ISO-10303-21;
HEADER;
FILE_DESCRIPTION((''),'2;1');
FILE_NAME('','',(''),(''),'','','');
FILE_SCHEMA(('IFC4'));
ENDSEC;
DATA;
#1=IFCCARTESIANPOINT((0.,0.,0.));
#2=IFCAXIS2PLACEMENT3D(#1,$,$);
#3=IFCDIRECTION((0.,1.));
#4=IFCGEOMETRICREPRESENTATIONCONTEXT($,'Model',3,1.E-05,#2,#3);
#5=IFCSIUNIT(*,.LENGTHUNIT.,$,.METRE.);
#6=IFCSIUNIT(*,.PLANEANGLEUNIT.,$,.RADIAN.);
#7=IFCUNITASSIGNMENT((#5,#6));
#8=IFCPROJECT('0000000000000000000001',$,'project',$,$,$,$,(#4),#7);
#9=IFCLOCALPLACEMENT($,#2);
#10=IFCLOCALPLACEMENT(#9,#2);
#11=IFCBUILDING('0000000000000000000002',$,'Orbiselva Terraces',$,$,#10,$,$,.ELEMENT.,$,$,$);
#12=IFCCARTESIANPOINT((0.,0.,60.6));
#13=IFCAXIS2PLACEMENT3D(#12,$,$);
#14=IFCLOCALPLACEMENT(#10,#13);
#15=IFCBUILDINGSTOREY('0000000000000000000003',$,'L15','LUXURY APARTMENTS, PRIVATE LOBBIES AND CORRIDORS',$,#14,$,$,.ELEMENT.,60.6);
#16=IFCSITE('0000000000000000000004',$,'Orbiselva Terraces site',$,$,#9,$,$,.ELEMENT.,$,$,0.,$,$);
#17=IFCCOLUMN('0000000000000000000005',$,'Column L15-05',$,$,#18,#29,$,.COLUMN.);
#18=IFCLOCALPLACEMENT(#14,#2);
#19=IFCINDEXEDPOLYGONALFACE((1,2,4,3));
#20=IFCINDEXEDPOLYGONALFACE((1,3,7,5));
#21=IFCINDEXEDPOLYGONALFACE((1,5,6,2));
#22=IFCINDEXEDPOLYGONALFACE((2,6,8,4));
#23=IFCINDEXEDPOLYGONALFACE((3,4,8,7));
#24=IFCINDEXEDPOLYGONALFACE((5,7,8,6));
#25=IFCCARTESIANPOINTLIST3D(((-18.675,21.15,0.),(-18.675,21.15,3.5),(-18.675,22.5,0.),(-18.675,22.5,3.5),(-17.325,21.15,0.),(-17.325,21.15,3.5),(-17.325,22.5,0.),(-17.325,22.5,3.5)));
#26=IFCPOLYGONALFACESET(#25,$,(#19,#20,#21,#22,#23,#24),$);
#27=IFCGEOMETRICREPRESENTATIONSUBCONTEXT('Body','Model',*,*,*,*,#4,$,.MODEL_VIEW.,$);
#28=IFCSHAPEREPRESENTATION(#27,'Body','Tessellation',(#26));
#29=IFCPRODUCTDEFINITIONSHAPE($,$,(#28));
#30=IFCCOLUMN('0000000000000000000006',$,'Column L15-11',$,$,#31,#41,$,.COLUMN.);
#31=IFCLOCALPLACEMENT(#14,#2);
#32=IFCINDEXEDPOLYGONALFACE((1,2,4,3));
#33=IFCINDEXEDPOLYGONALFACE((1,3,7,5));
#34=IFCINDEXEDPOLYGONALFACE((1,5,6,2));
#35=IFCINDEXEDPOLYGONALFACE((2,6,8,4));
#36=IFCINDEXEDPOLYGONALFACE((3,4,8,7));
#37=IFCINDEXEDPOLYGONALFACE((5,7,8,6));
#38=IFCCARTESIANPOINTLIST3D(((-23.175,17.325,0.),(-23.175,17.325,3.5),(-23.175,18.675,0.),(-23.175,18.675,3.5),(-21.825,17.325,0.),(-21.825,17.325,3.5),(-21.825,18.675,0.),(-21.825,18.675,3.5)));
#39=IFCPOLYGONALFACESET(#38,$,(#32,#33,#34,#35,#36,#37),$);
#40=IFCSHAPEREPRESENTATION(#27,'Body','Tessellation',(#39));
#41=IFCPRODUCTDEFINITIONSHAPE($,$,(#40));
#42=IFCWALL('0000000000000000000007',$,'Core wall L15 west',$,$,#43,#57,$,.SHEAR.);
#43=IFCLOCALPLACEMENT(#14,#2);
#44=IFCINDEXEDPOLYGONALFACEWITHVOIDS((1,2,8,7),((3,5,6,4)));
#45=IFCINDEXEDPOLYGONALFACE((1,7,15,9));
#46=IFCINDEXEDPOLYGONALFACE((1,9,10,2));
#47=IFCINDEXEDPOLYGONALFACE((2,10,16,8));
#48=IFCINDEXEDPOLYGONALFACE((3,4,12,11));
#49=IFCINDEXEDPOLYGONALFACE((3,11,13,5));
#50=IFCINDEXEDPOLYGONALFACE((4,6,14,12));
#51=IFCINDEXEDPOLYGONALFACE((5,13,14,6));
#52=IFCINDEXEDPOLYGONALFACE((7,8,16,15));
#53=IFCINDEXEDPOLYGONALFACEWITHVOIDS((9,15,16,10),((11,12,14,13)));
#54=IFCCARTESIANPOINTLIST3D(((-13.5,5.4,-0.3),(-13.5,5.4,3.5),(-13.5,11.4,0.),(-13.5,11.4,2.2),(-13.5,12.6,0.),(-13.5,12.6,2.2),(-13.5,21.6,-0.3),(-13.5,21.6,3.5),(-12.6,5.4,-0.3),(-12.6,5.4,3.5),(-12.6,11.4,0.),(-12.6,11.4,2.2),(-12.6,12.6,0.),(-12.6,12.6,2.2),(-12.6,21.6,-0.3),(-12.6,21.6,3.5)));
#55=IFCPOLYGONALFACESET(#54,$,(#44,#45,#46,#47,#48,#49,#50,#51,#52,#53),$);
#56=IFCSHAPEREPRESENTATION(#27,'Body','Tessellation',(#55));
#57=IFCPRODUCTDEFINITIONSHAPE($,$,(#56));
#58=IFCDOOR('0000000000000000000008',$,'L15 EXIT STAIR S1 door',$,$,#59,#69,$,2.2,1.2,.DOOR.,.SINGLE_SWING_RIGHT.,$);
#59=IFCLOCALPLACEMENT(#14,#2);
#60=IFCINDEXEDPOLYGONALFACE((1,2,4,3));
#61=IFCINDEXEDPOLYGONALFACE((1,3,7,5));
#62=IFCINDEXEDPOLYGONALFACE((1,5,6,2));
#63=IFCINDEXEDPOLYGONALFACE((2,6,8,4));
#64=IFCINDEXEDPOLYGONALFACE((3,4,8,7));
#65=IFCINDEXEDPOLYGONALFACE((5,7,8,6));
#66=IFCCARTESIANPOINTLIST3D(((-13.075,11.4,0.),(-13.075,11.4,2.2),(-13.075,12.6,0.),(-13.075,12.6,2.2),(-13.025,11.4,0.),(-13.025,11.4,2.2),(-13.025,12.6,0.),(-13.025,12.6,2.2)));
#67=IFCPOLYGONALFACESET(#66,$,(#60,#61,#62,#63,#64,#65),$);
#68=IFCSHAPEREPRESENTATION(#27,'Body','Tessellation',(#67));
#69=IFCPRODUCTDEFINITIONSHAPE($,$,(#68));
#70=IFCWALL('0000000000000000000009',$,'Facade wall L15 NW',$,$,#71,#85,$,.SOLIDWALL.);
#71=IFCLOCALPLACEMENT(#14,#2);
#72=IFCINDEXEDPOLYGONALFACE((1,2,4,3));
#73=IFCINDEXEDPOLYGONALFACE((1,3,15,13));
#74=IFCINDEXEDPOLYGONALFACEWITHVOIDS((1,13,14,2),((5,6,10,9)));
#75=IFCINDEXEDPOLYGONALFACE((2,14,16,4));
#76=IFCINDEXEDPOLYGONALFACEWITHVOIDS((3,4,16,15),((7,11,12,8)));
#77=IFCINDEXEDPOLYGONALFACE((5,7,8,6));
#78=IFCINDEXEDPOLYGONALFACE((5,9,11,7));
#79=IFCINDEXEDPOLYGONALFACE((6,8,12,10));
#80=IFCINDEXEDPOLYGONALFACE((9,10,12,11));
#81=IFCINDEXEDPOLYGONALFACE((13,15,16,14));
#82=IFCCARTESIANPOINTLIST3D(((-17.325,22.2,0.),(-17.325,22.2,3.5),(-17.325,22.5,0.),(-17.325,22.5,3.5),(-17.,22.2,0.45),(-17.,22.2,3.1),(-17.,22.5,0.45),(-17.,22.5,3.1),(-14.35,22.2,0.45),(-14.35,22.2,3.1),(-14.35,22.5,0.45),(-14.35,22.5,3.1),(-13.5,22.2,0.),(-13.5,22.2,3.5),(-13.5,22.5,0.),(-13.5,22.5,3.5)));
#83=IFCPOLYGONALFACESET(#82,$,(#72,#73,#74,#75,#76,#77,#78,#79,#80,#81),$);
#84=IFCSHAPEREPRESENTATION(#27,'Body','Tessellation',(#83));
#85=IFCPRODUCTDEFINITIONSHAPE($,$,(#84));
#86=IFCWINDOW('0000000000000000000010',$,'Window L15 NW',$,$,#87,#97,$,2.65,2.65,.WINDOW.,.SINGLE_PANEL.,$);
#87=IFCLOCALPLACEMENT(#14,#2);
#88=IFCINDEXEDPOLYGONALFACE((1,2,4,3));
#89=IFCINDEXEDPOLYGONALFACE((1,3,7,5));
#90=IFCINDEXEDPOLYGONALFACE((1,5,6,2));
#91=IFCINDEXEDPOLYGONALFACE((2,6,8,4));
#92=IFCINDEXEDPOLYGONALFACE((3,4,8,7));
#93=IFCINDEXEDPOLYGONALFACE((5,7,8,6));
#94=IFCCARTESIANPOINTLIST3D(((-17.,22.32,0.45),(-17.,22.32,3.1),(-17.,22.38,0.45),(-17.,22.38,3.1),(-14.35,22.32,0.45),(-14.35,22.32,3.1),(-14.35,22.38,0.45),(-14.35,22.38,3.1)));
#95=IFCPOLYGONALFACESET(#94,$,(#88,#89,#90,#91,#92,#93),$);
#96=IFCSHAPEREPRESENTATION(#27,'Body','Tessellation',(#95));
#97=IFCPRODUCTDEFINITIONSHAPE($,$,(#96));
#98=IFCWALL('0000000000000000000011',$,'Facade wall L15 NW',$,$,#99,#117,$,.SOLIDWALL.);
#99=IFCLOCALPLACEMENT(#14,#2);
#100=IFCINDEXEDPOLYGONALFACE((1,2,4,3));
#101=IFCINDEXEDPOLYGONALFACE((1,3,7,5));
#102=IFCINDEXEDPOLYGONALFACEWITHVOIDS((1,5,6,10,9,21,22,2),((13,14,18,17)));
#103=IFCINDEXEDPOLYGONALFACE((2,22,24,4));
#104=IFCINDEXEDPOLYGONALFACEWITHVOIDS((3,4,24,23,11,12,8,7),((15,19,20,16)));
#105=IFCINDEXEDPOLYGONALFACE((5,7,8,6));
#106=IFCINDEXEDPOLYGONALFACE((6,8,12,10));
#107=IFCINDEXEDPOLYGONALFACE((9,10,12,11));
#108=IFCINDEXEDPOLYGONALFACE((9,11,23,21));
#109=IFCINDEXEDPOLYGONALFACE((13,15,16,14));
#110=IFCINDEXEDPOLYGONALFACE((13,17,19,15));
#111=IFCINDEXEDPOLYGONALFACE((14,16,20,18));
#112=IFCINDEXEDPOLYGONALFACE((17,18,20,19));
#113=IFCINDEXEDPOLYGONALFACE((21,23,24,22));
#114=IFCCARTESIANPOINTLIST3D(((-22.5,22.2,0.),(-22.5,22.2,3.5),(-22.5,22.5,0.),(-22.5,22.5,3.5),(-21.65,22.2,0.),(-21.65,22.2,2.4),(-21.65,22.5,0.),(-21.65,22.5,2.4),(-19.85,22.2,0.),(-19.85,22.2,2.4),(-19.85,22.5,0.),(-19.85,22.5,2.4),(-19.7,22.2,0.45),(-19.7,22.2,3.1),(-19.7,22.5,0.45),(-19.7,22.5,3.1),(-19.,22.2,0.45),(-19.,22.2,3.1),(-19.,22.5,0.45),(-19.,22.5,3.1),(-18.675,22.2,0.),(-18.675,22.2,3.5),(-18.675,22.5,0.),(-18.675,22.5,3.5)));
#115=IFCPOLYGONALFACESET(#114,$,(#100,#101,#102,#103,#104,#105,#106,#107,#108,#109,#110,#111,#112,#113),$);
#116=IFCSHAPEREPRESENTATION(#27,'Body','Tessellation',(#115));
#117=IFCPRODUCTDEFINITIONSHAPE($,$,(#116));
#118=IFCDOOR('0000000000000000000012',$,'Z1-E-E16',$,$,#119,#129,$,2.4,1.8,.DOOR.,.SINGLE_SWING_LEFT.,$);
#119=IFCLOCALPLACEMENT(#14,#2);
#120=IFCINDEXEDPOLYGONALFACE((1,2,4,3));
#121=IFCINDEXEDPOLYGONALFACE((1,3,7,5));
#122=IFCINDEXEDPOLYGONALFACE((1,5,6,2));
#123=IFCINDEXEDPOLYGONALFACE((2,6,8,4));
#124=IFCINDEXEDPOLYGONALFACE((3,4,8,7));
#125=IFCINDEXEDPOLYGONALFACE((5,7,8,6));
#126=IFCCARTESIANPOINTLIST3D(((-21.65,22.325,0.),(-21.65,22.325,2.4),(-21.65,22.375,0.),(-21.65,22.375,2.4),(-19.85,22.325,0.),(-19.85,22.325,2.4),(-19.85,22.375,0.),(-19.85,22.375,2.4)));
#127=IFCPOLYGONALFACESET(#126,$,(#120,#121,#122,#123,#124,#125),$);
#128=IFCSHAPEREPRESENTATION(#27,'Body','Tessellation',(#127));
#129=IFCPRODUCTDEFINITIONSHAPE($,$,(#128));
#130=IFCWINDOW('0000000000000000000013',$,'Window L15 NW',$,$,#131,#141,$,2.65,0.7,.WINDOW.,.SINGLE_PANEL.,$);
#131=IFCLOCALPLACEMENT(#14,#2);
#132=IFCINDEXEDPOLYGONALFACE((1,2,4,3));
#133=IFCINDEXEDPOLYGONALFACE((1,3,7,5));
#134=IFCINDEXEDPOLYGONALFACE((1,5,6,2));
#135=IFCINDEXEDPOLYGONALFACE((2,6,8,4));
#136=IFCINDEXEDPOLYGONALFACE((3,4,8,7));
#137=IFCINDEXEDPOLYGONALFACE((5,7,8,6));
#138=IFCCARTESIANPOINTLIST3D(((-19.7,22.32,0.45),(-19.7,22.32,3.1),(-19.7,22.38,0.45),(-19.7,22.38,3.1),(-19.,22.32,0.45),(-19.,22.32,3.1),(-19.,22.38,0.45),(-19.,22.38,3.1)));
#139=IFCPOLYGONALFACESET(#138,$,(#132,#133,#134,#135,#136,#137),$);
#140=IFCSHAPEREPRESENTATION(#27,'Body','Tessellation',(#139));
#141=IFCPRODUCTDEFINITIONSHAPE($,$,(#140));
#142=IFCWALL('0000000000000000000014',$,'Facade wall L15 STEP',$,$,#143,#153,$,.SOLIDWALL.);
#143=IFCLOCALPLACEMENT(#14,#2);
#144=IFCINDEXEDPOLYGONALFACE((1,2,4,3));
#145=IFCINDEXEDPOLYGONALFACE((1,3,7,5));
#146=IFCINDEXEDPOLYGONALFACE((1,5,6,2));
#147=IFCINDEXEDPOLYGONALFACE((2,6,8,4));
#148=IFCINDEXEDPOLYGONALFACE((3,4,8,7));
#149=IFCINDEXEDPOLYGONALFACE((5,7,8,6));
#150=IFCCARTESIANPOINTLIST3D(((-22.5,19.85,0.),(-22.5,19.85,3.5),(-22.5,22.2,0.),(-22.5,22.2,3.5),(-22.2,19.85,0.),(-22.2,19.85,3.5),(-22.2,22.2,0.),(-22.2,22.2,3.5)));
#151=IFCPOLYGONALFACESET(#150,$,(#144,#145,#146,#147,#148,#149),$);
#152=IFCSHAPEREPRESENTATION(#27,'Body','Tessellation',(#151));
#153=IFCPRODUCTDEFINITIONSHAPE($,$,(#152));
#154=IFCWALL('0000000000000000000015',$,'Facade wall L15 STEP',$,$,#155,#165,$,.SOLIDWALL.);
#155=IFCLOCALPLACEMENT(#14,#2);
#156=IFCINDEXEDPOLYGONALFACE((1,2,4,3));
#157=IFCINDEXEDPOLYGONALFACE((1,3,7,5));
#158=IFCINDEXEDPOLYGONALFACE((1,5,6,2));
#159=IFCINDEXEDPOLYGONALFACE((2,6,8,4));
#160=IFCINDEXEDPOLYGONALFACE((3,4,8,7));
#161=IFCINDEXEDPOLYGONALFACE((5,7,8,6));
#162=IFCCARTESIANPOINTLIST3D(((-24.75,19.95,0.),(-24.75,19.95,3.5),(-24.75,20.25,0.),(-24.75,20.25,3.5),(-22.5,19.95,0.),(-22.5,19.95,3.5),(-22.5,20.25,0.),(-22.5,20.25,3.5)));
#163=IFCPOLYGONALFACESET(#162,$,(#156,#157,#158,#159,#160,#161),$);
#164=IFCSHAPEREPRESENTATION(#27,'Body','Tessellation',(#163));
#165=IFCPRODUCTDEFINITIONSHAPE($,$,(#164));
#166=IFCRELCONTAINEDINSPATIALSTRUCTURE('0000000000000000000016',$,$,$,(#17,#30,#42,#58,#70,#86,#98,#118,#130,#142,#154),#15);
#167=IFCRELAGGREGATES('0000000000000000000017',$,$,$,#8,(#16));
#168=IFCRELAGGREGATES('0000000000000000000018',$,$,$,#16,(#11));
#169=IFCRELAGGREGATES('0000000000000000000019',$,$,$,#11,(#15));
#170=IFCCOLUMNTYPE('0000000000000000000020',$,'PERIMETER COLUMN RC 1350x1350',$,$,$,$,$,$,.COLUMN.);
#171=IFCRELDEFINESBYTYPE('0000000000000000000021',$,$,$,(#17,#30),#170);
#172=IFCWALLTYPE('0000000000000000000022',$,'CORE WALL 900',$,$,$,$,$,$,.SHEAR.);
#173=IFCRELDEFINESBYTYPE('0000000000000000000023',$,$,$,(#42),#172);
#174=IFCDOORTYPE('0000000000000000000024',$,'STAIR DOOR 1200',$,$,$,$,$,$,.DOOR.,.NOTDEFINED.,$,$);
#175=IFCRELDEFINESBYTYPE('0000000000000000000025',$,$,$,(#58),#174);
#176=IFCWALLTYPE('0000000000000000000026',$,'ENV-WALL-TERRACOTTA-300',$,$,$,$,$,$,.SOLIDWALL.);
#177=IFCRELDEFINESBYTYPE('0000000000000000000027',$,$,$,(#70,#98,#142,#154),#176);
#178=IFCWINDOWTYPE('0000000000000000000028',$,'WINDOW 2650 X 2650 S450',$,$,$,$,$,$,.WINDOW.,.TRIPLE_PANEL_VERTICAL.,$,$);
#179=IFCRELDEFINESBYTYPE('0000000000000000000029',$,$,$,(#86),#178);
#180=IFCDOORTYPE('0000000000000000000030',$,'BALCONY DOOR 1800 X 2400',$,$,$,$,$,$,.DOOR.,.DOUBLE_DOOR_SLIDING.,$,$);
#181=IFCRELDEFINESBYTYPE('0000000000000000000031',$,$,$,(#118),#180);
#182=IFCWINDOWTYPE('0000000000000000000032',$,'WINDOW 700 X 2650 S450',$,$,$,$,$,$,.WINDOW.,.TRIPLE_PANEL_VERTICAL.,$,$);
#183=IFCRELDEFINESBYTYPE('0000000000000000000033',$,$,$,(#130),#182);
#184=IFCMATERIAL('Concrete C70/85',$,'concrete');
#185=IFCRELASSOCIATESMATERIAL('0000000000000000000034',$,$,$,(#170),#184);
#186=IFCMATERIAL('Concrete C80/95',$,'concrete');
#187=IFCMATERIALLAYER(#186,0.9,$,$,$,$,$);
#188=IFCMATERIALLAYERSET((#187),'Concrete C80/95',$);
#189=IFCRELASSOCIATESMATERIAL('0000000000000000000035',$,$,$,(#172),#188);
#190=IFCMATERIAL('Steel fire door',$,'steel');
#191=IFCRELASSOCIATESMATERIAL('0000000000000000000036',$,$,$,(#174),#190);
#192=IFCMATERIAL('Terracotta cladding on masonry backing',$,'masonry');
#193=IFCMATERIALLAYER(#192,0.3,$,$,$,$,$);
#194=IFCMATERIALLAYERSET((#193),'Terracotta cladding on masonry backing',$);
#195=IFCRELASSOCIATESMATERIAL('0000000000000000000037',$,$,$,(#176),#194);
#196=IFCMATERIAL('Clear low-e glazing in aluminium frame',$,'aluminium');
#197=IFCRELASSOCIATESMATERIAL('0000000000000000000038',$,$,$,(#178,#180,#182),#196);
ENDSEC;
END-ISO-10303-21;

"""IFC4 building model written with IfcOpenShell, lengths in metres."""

from ifc_helpers import new_model, si_unit, direction, frame, frame_2d, origin, origin_2d, place, context, subcontext, project, spatial, rectangle, extrude, material, layer, layer_set, material_profile, profile_set, type_object, element, fill, save


model = new_model("IFC4")

# Units and contexts
model_context = context("Model", 3, precision=1e-05, world=origin(), true_north=direction((0.0, 1.0)))
body_context = subcontext(model_context, "Body", "Model", "MODEL_VIEW")
ifc_project = project(units=[si_unit("LENGTHUNIT", "METRE"), si_unit("PLANEANGLEUNIT", "RADIAN")], contexts=[model_context])

# Site, building, storey
site_placement = place(None, origin())
site = spatial("IfcSite", under=ifc_project, at=site_placement, Name="Orbiselva Terraces site", CompositionType="ELEMENT", RefElevation=0.0)
building_placement = place(site_placement, origin())
building = spatial("IfcBuilding", under=site, at=building_placement, Name="Orbiselva Terraces", CompositionType="ELEMENT")
storey_placement = place(building_placement, frame((0.0, 0.0, 60.6)))
storey = spatial("IfcBuildingStorey", under=building, at=storey_placement, Name="L15", Description="LUXURY APARTMENTS, PRIVATE LOBBIES AND CORRIDORS", CompositionType="ELEMENT", Elevation=60.6)

# Columns
ifc_material_1 = material(Name="Concrete C70/85", Category="concrete")
ifc_material_profile = material_profile(ifc_material_1, rectangle(XDim=1.35, YDim=1.35, at=origin_2d()), Name="RC 1350x1350")
ifc_profile_set = profile_set([ifc_material_profile], Name="Concrete C70/85")
column_type = type_object("IfcColumnType", Name="PERIMETER COLUMN RC 1350x1350", PredefinedType="COLUMN", material=ifc_profile_set)
for number, where, z_axis, x_axis, name in (
    (1, (-18.0, 21.825, 0.0), (0.0, 0.0, 1.0), (1.0, 0.0, 0.0), "Column L15-05"),
    (2, (-22.5, 18.0, 0.0), (0.0, 0.0, 1.0), (1.0, 0.0, 0.0), "Column L15-11"),
):
    element("IfcColumn", number, at=place(storey_placement, frame(where, z_axis=z_axis, x_axis=x_axis)), inside=storey, type_object=column_type, Name=name, PredefinedType="COLUMN", context=body_context, shape_type="SweptSolid", body=[
        extrude(rectangle(XDim=1.35, YDim=1.35, at=origin_2d()), origin(), (0.0, 0.0, 1.0), 3.5),
    ])

# Wall, opening, door
ifc_material_2 = material(Name="Concrete C80/95", Category="concrete")
ifc_layer_1 = layer(ifc_material_2, 0.9)
ifc_layer_set_1 = layer_set([ifc_layer_1], Name="Concrete C80/95")
wall_type_1 = type_object("IfcWallType", Name="CORE WALL 900", PredefinedType="SHEAR", material=ifc_layer_set_1)
wall_1_placement = place(storey_placement, frame((-13.05, 21.6, -0.3), z_axis=(0.0, 0.0, 1.0), x_axis=(0.0, -1.0, 0.0)))
wall_1 = element("IfcWall", 3, at=wall_1_placement, inside=storey, type_object=wall_type_1, Name="Core wall L15 west", PredefinedType="SHEAR", context=body_context, shape_type="SweptSolid", body=[
    extrude(rectangle(XDim=16.2, YDim=0.9, at=frame_2d((8.1, 0.0))), origin(), (0.0, 0.0, 1.0), 3.8),
])
opening_1_placement = place(wall_1_placement, frame((9.0, 0.0, 0.3)))
opening_1 = element("IfcOpeningElement", 4, at=opening_1_placement, cuts=wall_1, PredefinedType="OPENING", context=body_context, shape_type="SweptSolid", body=[
    extrude(rectangle(XDim=1.2, YDim=2.2, at=frame_2d((0.6, 1.1))), frame((0.0, 0.46, 0.0), z_axis=(0.0, -1.0, 0.0), x_axis=(1.0, 0.0, 0.0)), (0.0, 0.0, 1.0), 0.92),
])
ifc_material_3 = material(Name="Steel fire door", Category="steel")
door_type_1 = type_object("IfcDoorType", Name="STAIR DOOR 1200", OperationType="NOTDEFINED", PredefinedType="DOOR", material=ifc_material_3)
door_1_placement = place(opening_1_placement, frame((1.2, 0.0, 0.0), z_axis=(0.0, 0.0, 1.0), x_axis=(-1.0, 0.0, 0.0)))
door_1 = element("IfcDoor", 5, at=door_1_placement, inside=storey, type_object=door_type_1, Name="L15 EXIT STAIR S1 door", OperationType="SINGLE_SWING_RIGHT", OverallHeight=2.2, OverallWidth=1.2, PredefinedType="DOOR", context=body_context, shape_type="SweptSolid", body=[
    extrude(rectangle(XDim=1.2, YDim=2.2, at=frame_2d((0.6, 1.1))), frame((0.0, 0.025, 0.0), z_axis=(0.0, -1.0, 0.0), x_axis=(1.0, 0.0, 0.0)), (0.0, 0.0, 1.0), 0.05),
])
fill(opening_1, door_1)

# Wall, opening, window
ifc_material_4 = material(Name="Terracotta cladding on masonry backing", Category="masonry")
ifc_layer_2 = layer(ifc_material_4, 0.3)
ifc_layer_set_2 = layer_set([ifc_layer_2], Name="Terracotta cladding on masonry backing")
wall_type_2 = type_object("IfcWallType", Name="ENV-WALL-TERRACOTTA-300", PredefinedType="SOLIDWALL", material=ifc_layer_set_2)
wall_2_placement = place(storey_placement, frame((-17.325, 22.35, 0.0), z_axis=(0.0, 0.0, 1.0), x_axis=(1.0, 0.0, 0.0)))
wall_2 = element("IfcWall", 6, at=wall_2_placement, inside=storey, type_object=wall_type_2, Name="Facade wall L15 NW", PredefinedType="SOLIDWALL", context=body_context, shape_type="SweptSolid", body=[
    extrude(rectangle(XDim=3.825, YDim=0.3, at=frame_2d((1.9125, 0.0))), origin(), (0.0, 0.0, 1.0), 3.5),
])
opening_2_placement = place(wall_2_placement, frame((0.325, 0.0, 0.45)))
opening_2 = element("IfcOpeningElement", 7, at=opening_2_placement, cuts=wall_2, PredefinedType="OPENING", context=body_context, shape_type="SweptSolid", body=[
    extrude(rectangle(XDim=2.65, YDim=2.65, at=frame_2d((1.325, 1.325))), frame((0.0, 0.16, 0.0), z_axis=(0.0, -1.0, 0.0), x_axis=(1.0, 0.0, 0.0)), (0.0, 0.0, 1.0), 0.32),
])
ifc_material_5 = material(Name="Clear low-e glazing in aluminium frame", Category="aluminium")
window_type_1 = type_object("IfcWindowType", Name="WINDOW 2650 X 2650 S450", PartitioningType="TRIPLE_PANEL_VERTICAL", PredefinedType="WINDOW", material=ifc_material_5)
window_1_placement = place(opening_2_placement, origin())
window_1 = element("IfcWindow", 8, at=window_1_placement, inside=storey, type_object=window_type_1, Name="Window L15 NW", OverallHeight=2.65, OverallWidth=2.65, PartitioningType="SINGLE_PANEL", PredefinedType="WINDOW", context=body_context, shape_type="SweptSolid", body=[
    extrude(rectangle(XDim=2.65, YDim=2.65, at=frame_2d((1.325, 1.325))), frame((0.0, 0.03, 0.0), z_axis=(0.0, -1.0, 0.0), x_axis=(1.0, 0.0, 0.0)), (0.0, 0.0, 1.0), 0.06),
])
fill(opening_2, window_1)

# Wall, openings, door, window
wall_3_placement = place(storey_placement, frame((-22.5, 22.35, 0.0), z_axis=(0.0, 0.0, 1.0), x_axis=(1.0, 0.0, 0.0)))
wall_3 = element("IfcWall", 9, at=wall_3_placement, inside=storey, type_object=wall_type_2, Name="Facade wall L15 NW", PredefinedType="SOLIDWALL", context=body_context, shape_type="SweptSolid", body=[
    extrude(rectangle(XDim=3.825, YDim=0.3, at=frame_2d((1.9125, 0.0))), origin(), (0.0, 0.0, 1.0), 3.5),
])
opening_3_placement = place(wall_3_placement, frame((2.8, 0.0, 0.45)))
opening_3 = element("IfcOpeningElement", 10, at=opening_3_placement, cuts=wall_3, PredefinedType="OPENING", context=body_context, shape_type="SweptSolid", body=[
    extrude(rectangle(XDim=0.7, YDim=2.65, at=frame_2d((0.35, 1.325))), frame((0.0, 0.16, 0.0), z_axis=(0.0, -1.0, 0.0), x_axis=(1.0, 0.0, 0.0)), (0.0, 0.0, 1.0), 0.32),
])
opening_4_placement = place(wall_3_placement, frame((0.85, 0.0, 0.0)))
opening_4 = element("IfcOpeningElement", 11, at=opening_4_placement, cuts=wall_3, PredefinedType="OPENING", context=body_context, shape_type="SweptSolid", body=[
    extrude(rectangle(XDim=1.8, YDim=2.4, at=frame_2d((0.9, 1.2))), frame((0.0, 0.16, 0.0), z_axis=(0.0, -1.0, 0.0), x_axis=(1.0, 0.0, 0.0)), (0.0, 0.0, 1.0), 0.32),
])
door_type_2 = type_object("IfcDoorType", Name="BALCONY DOOR 1800 X 2400", OperationType="DOUBLE_DOOR_SLIDING", PredefinedType="DOOR", material=ifc_material_5)
door_2_placement = place(opening_4_placement, origin())
door_2 = element("IfcDoor", 12, at=door_2_placement, inside=storey, type_object=door_type_2, Name="Z1-E-E16", OperationType="SINGLE_SWING_LEFT", OverallHeight=2.4, OverallWidth=1.8, PredefinedType="DOOR", context=body_context, shape_type="SweptSolid", body=[
    extrude(rectangle(XDim=1.8, YDim=2.4, at=frame_2d((0.9, 1.2))), frame((0.0, 0.025, 0.0), z_axis=(0.0, -1.0, 0.0), x_axis=(1.0, 0.0, 0.0)), (0.0, 0.0, 1.0), 0.05),
])
fill(opening_4, door_2)
window_type_2 = type_object("IfcWindowType", Name="WINDOW 700 X 2650 S450", PartitioningType="TRIPLE_PANEL_VERTICAL", PredefinedType="WINDOW", material=ifc_material_5)
window_2_placement = place(opening_3_placement, origin())
window_2 = element("IfcWindow", 13, at=window_2_placement, inside=storey, type_object=window_type_2, Name="Window L15 NW", OverallHeight=2.65, OverallWidth=0.7, PartitioningType="SINGLE_PANEL", PredefinedType="WINDOW", context=body_context, shape_type="SweptSolid", body=[
    extrude(rectangle(XDim=0.7, YDim=2.65, at=frame_2d((0.35, 1.325))), frame((0.0, 0.03, 0.0), z_axis=(0.0, -1.0, 0.0), x_axis=(1.0, 0.0, 0.0)), (0.0, 0.0, 1.0), 0.06),
])
fill(opening_3, window_2)

# Walls
wall_4_placement = place(storey_placement, frame((-22.35, 19.85, 0.0), z_axis=(0.0, 0.0, 1.0), x_axis=(0.0, 1.0, 0.0)))
element("IfcWall", 14, at=wall_4_placement, inside=storey, type_object=wall_type_2, Name="Facade wall L15 STEP", PredefinedType="SOLIDWALL", context=body_context, shape_type="SweptSolid", body=[
    extrude(rectangle(XDim=2.35, YDim=0.3, at=frame_2d((1.175, 0.0))), origin(), (0.0, 0.0, 1.0), 3.5),
])
wall_5_placement = place(storey_placement, frame((-24.75, 20.1, 0.0), z_axis=(0.0, 0.0, 1.0), x_axis=(1.0, 0.0, 0.0)))
element("IfcWall", 15, at=wall_5_placement, inside=storey, type_object=wall_type_2, Name="Facade wall L15 STEP", PredefinedType="SOLIDWALL", context=body_context, shape_type="SweptSolid", body=[
    extrude(rectangle(XDim=2.25, YDim=0.3, at=frame_2d((1.125, 0.0))), origin(), (0.0, 0.0, 1.0), 3.5),
])

save(model, "model.ifc")
